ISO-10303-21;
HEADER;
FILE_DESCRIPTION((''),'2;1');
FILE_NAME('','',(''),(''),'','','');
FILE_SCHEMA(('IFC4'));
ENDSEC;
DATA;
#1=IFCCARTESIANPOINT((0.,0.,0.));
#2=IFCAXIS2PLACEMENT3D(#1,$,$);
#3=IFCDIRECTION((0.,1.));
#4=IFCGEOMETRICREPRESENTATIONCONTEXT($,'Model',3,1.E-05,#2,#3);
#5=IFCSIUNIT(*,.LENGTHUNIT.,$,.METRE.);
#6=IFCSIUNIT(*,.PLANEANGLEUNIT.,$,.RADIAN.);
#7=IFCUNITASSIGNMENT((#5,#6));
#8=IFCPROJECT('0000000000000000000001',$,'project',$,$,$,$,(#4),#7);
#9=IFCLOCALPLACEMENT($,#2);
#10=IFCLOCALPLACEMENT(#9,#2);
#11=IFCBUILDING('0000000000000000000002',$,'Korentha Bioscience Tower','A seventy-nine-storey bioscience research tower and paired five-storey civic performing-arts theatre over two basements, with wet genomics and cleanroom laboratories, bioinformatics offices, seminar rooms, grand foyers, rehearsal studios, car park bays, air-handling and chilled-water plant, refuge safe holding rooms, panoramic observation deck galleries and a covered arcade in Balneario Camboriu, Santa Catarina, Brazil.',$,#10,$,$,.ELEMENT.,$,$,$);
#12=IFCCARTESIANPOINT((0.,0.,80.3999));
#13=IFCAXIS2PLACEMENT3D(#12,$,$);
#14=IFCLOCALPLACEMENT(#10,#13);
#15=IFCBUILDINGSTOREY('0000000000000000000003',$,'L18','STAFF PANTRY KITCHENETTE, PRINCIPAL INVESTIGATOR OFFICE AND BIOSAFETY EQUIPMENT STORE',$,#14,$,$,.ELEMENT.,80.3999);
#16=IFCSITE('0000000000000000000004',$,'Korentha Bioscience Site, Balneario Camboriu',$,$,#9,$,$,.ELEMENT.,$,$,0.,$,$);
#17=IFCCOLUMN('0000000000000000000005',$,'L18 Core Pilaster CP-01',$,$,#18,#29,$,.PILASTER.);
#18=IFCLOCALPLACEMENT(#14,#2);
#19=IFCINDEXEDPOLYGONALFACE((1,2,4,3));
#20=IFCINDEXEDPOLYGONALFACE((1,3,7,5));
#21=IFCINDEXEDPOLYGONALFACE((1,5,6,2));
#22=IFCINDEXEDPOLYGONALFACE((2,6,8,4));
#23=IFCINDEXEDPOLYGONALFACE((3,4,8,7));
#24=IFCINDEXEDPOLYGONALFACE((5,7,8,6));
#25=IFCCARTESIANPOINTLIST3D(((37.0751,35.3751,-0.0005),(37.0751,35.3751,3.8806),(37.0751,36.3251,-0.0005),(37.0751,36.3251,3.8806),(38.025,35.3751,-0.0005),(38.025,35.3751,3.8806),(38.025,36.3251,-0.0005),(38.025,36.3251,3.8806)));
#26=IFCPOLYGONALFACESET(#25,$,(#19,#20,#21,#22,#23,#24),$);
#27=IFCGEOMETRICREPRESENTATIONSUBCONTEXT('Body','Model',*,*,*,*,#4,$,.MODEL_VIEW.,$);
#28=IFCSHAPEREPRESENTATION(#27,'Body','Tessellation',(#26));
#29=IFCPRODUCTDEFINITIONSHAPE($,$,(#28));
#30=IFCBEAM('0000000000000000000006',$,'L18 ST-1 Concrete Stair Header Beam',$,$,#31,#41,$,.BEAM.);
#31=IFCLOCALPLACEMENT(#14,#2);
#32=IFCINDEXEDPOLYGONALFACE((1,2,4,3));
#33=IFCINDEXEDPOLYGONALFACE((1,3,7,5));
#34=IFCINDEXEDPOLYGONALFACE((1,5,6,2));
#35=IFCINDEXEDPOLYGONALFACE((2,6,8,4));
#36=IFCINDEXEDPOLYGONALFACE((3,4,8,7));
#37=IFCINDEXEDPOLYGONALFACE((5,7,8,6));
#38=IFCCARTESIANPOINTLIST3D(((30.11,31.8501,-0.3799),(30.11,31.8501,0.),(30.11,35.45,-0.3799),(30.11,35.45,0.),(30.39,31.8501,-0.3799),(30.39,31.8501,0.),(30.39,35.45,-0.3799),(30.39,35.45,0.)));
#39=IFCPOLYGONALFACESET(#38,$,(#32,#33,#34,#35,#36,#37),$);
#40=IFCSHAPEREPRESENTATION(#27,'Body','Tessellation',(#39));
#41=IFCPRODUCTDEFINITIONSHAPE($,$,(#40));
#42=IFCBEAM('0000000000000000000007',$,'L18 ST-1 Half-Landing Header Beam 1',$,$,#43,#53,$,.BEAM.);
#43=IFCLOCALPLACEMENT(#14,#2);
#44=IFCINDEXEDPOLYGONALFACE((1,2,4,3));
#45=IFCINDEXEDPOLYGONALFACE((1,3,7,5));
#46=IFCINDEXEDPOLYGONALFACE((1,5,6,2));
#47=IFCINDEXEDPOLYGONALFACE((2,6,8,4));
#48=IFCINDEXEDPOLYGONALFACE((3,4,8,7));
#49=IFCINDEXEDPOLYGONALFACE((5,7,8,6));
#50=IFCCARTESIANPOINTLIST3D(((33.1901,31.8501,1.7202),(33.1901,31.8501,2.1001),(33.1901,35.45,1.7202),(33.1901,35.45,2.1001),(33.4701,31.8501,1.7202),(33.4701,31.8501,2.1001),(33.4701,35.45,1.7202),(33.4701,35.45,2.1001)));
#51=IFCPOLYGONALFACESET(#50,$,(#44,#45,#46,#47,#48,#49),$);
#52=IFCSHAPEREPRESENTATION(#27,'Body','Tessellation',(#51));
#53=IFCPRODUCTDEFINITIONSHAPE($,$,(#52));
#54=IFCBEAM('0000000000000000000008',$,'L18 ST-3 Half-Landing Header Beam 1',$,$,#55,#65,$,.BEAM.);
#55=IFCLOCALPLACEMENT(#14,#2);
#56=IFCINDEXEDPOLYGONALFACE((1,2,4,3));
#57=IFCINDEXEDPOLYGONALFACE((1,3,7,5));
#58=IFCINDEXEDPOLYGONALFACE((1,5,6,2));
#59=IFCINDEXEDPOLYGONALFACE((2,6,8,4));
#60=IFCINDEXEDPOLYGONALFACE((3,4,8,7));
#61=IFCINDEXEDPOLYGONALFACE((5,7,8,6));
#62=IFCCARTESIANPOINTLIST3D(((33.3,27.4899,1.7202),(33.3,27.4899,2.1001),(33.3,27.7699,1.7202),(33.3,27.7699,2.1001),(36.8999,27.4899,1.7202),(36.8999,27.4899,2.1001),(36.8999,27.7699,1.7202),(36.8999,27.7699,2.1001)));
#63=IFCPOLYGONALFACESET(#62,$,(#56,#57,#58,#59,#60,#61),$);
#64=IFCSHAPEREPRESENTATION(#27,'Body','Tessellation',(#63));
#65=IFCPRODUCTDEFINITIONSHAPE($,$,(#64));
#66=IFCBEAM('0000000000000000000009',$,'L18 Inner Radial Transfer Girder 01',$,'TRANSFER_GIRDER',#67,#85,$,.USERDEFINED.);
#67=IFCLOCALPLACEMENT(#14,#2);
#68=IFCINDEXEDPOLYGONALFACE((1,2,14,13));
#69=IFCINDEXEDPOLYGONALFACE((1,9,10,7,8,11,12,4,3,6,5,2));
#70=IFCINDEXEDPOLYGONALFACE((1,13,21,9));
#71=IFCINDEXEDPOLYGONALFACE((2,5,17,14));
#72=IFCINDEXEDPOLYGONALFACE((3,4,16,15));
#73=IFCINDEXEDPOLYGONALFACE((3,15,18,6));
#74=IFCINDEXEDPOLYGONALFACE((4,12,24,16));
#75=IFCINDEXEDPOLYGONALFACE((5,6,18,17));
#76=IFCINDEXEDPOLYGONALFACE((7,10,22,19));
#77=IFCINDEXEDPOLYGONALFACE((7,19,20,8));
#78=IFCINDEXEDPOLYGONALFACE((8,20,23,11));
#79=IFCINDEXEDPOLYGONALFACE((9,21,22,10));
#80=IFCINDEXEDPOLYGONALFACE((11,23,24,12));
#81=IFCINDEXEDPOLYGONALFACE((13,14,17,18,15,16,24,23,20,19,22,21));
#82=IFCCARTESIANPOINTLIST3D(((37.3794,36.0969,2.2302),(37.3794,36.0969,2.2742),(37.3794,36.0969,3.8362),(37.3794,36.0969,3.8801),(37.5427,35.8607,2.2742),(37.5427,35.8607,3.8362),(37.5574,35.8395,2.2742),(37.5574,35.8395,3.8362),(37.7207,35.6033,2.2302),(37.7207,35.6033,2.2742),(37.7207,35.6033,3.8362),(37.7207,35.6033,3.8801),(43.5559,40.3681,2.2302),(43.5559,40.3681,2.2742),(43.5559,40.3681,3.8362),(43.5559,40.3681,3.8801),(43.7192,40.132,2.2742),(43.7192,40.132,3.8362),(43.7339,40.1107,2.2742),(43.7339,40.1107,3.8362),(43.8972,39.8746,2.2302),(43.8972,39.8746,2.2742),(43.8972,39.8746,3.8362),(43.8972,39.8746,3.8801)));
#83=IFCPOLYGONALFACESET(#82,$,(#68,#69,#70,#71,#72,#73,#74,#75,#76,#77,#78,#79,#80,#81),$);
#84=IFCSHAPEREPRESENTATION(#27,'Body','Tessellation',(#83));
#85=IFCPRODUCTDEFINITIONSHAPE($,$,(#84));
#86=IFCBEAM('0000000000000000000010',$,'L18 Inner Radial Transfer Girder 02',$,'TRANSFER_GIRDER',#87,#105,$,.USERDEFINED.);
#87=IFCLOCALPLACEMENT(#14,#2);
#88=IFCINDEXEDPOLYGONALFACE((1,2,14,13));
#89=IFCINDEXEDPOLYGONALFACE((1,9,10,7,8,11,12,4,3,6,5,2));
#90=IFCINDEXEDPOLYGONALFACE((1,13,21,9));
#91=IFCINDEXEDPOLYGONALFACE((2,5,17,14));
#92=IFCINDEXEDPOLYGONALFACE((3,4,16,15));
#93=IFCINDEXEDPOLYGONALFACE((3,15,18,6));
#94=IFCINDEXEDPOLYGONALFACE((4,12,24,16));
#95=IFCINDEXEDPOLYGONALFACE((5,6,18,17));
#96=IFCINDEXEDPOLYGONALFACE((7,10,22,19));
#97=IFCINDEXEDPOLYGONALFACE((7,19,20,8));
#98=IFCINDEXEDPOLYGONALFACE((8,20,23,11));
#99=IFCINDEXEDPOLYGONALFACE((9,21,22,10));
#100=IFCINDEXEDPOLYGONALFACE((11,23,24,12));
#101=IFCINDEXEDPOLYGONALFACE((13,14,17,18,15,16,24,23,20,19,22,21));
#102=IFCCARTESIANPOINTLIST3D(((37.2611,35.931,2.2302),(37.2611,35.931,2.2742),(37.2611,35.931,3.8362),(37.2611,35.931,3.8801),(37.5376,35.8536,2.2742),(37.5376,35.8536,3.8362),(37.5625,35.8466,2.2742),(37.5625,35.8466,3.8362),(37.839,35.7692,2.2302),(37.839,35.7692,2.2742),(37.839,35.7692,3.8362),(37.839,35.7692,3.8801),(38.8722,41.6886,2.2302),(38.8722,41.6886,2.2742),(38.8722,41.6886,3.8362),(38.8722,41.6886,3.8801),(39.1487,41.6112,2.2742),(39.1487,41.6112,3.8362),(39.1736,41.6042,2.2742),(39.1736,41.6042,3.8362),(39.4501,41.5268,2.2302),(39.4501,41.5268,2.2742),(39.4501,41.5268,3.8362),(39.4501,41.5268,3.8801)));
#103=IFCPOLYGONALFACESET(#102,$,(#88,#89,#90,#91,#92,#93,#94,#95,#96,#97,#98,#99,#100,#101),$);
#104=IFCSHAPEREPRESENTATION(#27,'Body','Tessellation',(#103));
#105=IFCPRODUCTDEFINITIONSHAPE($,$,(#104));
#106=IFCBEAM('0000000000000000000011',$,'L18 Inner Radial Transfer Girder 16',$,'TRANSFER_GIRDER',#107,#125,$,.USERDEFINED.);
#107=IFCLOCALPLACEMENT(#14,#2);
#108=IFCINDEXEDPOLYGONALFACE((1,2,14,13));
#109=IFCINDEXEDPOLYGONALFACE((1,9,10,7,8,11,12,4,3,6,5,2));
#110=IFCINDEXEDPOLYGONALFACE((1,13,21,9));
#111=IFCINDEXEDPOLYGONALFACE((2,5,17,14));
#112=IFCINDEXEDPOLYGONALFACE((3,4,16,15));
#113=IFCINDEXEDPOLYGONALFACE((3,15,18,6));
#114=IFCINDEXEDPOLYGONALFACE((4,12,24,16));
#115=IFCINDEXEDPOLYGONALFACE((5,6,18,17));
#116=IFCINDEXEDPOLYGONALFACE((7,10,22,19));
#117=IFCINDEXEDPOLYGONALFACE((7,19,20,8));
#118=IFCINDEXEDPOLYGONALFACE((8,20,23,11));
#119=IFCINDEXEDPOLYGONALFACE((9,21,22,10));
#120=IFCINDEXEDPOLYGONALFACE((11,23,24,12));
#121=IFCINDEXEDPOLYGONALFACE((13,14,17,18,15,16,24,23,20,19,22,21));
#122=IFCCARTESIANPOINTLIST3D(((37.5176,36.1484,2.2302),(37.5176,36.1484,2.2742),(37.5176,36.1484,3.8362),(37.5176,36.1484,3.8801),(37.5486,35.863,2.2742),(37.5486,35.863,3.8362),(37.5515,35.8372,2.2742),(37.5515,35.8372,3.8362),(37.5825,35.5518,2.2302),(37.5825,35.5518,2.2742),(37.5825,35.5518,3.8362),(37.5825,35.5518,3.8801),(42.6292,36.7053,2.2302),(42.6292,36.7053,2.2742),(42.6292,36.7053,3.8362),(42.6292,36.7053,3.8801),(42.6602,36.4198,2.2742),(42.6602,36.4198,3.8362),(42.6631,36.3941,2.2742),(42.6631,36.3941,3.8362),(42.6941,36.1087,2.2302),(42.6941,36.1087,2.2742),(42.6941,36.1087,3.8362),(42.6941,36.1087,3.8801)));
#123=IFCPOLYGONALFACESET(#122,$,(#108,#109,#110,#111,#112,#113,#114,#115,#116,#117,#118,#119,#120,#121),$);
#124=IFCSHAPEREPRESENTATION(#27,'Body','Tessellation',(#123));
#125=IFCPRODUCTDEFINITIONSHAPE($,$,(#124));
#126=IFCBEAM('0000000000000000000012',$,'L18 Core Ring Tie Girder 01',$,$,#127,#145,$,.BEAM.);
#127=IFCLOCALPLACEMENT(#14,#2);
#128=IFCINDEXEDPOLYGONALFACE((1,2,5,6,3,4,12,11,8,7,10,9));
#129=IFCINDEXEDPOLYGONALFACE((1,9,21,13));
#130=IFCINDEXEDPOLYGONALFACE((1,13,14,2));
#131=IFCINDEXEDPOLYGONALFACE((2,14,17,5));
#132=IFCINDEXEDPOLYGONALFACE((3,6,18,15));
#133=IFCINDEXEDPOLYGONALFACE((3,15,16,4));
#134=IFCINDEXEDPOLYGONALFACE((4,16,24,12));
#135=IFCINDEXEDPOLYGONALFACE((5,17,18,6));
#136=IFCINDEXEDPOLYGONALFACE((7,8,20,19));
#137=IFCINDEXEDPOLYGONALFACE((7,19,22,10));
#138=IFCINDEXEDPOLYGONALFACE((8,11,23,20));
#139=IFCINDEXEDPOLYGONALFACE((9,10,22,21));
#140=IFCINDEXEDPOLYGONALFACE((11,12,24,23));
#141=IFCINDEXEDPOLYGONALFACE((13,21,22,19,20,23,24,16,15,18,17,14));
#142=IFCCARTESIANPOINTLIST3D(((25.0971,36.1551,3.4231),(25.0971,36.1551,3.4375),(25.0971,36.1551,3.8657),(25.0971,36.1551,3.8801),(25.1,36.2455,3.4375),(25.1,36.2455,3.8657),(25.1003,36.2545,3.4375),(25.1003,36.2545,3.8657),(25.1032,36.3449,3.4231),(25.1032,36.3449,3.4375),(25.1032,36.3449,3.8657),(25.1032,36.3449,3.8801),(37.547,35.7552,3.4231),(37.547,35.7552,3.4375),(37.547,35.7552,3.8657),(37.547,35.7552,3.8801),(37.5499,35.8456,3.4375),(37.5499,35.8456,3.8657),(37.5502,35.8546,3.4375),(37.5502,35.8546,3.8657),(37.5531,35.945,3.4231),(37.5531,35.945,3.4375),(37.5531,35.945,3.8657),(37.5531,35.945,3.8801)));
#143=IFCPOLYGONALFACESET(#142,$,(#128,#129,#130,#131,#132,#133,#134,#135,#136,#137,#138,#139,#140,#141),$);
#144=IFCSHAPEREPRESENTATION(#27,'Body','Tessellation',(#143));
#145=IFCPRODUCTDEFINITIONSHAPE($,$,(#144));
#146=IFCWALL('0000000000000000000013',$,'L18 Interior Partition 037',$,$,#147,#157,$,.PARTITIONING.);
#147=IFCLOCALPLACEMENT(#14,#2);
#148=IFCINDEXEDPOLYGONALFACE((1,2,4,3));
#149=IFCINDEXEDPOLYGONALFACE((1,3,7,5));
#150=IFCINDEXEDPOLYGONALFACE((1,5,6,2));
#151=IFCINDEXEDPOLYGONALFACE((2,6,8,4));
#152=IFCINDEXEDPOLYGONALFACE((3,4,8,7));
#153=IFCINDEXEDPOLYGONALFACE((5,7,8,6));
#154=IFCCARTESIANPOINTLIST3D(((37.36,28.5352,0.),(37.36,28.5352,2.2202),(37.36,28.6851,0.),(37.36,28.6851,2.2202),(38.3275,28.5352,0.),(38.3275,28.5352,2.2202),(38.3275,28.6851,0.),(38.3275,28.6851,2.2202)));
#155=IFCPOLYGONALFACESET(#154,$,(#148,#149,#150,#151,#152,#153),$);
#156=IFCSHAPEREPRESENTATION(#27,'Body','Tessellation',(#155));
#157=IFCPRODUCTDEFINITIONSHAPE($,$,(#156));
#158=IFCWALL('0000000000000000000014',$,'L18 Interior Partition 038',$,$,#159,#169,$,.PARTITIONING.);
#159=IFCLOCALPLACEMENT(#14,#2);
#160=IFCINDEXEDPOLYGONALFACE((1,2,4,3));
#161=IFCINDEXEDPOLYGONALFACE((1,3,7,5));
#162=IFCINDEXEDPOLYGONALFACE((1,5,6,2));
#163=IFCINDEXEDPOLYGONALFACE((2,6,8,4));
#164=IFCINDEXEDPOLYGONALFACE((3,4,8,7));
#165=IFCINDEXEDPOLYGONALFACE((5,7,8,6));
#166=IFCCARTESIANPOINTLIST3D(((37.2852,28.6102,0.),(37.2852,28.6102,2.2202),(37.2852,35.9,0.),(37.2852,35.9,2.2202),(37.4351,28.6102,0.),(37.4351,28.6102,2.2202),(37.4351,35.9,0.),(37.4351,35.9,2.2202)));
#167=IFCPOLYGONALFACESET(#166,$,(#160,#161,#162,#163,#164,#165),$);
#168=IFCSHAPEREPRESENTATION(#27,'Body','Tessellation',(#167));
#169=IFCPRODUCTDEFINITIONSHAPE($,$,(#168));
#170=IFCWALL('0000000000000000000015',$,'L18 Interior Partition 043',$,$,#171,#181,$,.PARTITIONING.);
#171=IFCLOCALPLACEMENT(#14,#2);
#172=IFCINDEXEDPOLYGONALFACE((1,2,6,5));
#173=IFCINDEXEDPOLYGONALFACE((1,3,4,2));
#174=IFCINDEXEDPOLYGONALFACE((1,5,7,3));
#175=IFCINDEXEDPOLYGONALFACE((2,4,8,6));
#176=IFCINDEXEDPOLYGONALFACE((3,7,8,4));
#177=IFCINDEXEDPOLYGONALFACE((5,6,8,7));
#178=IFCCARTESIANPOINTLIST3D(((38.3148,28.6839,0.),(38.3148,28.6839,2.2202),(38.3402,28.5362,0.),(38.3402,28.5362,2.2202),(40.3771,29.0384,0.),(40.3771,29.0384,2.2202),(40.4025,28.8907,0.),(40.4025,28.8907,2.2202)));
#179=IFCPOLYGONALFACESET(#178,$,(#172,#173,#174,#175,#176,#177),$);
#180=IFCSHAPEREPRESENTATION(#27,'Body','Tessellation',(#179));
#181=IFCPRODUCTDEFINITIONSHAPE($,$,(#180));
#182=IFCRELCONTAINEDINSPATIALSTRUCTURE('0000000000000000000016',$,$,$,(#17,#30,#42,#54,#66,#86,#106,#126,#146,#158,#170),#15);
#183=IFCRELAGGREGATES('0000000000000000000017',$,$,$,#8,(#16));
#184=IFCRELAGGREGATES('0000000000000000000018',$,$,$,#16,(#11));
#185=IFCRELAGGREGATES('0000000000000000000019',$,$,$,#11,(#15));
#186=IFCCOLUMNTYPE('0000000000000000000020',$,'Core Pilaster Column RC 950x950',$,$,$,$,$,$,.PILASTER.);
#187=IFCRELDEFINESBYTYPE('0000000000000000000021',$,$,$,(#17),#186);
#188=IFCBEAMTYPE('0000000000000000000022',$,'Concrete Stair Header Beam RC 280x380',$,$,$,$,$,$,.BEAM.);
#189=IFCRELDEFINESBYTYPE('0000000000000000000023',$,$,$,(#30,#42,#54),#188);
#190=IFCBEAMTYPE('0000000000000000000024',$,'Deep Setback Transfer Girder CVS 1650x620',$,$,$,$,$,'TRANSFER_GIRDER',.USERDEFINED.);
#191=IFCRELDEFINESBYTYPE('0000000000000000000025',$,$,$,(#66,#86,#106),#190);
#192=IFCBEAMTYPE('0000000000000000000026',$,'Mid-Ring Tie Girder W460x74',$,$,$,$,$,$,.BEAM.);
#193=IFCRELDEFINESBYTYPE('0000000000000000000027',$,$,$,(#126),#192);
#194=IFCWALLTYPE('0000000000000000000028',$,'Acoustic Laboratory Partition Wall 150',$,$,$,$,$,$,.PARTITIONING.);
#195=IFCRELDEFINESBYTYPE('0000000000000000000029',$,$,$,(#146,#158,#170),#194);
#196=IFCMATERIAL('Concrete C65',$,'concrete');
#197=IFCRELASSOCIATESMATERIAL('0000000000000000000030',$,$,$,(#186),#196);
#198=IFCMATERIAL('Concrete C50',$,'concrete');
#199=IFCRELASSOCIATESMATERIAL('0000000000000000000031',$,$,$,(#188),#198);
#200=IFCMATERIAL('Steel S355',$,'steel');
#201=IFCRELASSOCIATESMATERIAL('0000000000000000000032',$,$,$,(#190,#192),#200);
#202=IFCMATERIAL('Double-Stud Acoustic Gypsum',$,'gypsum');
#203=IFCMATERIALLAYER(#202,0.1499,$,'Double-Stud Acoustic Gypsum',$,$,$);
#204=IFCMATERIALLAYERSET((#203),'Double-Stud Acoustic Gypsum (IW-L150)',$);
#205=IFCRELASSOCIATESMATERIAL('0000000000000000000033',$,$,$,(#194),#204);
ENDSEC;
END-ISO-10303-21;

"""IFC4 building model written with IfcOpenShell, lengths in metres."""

from ifc_helpers import new_model, si_unit, direction, frame, frame_2d, origin, origin_2d, place, context, subcontext, project, spatial, rectangle, i_section, extrude, material, layer, layer_set, material_profile, profile_set, type_object, element, save


model = new_model("IFC4")

# Units and contexts
model_context = context("Model", 3, precision=1e-05, world=origin(), true_north=direction((0.0, 1.0)))
body_context = subcontext(model_context, "Body", "Model", "MODEL_VIEW")
ifc_project = project(units=[si_unit("LENGTHUNIT", "METRE"), si_unit("PLANEANGLEUNIT", "RADIAN")], contexts=[model_context])

# Site, building, storey
site_placement = place(None, origin())
site = spatial("IfcSite", under=ifc_project, at=site_placement, Name="Korentha Bioscience Site, Balneario Camboriu", CompositionType="ELEMENT", RefElevation=0.0)
building_placement = place(site_placement, origin())
building = spatial("IfcBuilding", under=site, at=building_placement, Name="Korentha Bioscience Tower", Description="A seventy-nine-storey bioscience research tower and paired five-storey civic performing-arts theatre over two basements, with wet genomics and cleanroom laboratories, bioinformatics offices, seminar rooms, grand foyers, rehearsal studios, car park bays, air-handling and chilled-water plant, refuge safe holding rooms, panoramic observation deck galleries and a covered arcade in Balneario Camboriu, Santa Catarina, Brazil.", CompositionType="ELEMENT")
storey_placement = place(building_placement, frame((0.0, 0.0, 80.3999)))
storey = spatial("IfcBuildingStorey", under=building, at=storey_placement, Name="L18", Description="STAFF PANTRY KITCHENETTE, PRINCIPAL INVESTIGATOR OFFICE AND BIOSAFETY EQUIPMENT STORE", CompositionType="ELEMENT", Elevation=80.3999)

# Column
ifc_material_1 = material(Name="Concrete C65", Category="concrete")
ifc_material_profile_1 = material_profile(ifc_material_1, rectangle(XDim=0.95, YDim=0.95, at=origin_2d()), Name="Concrete C65")
ifc_profile_set_1 = profile_set([ifc_material_profile_1], Name="Concrete C65 (COL-CP09)")
column_type = type_object("IfcColumnType", Name="Core Pilaster Column RC 950x950", PredefinedType="PILASTER", material=ifc_profile_set_1)
column_placement = place(storey_placement, frame((37.55, 35.8501, -0.0005), z_axis=(0.0, 0.0, 1.0), x_axis=(1.0, 0.0, 0.0)))
element("IfcColumn", 1, at=column_placement, inside=storey, type_object=column_type, Name="L18 Core Pilaster CP-01", PredefinedType="PILASTER", context=body_context, shape_type="SweptSolid", body=[
    extrude(rectangle(XDim=0.95, YDim=0.95, at=origin_2d()), origin(), (0.0, 0.0, 1.0), 3.8811),
])

# Beams
ifc_material_2 = material(Name="Concrete C50", Category="concrete")
ifc_material_profile_2 = material_profile(ifc_material_2, rectangle(XDim=0.28, YDim=0.3799, at=origin_2d()), Name="Concrete C50")
ifc_profile_set_2 = profile_set([ifc_material_profile_2], Name="Concrete C50 (ST-HB380)")
beam_type_1 = type_object("IfcBeamType", Name="Concrete Stair Header Beam RC 280x380", PredefinedType="BEAM", material=ifc_profile_set_2)
for number, where, z_axis, x_axis, name in (
    (2, (30.25, 31.8501, -0.1899), (0.0, 1.0, 0.0), (-1.0, 0.0, 0.0), "L18 ST-1 Concrete Stair Header Beam"),
    (3, (33.3301, 31.8501, 1.9102), (0.0, 1.0, 0.0), (-1.0, 0.0, 0.0), "L18 ST-1 Half-Landing Header Beam 1"),
    (4, (36.8999, 27.6299, 1.9102), (-1.0, 0.0, 0.0), (0.0, -1.0, 0.0), "L18 ST-3 Half-Landing Header Beam 1"),
):
    element("IfcBeam", number, at=place(storey_placement, frame(where, z_axis=z_axis, x_axis=x_axis)), inside=storey, type_object=beam_type_1, Name=name, PredefinedType="BEAM", context=body_context, shape_type="SweptSolid", body=[
        extrude(rectangle(XDim=0.28, YDim=0.3799, at=origin_2d()), origin(), (0.0, 0.0, 1.0), 3.5999),
    ])
ifc_material_3 = material(Name="Steel S355", Category="steel")
ifc_material_profile_3 = material_profile(ifc_material_3, i_section(OverallWidth=0.6001, OverallDepth=1.6499, WebThickness=0.0259, FlangeThickness=0.0439, at=origin_2d()), Name="Steel S355")
ifc_profile_set_3 = profile_set([ifc_material_profile_3], Name="Steel S355 (TG-04)")
beam_type_2 = type_object("IfcBeamType", Name="Deep Setback Transfer Girder CVS 1650x620", ElementType="TRANSFER_GIRDER", PredefinedType="USERDEFINED", material=ifc_profile_set_3)
beam_1_placement = place(storey_placement, frame((37.55, 35.8501, 3.0552), z_axis=(0.822492, 0.568777, 0.0), x_axis=(-0.568777, 0.822492, 0.0)))
element("IfcBeam", 5, at=beam_1_placement, inside=storey, type_object=beam_type_2, Name="L18 Inner Radial Transfer Girder 01", ObjectType="TRANSFER_GIRDER", PredefinedType="USERDEFINED", context=body_context, shape_type="SweptSolid", body=[
    extrude(i_section(OverallWidth=0.6001, OverallDepth=1.6499, WebThickness=0.0259, FlangeThickness=0.0439, at=origin_2d()), origin(), (0.0, 0.0, 1.0), 7.5095),
])
beam_2_placement = place(storey_placement, frame((37.55, 35.8501, 3.0552), z_axis=(0.269469, 0.963009, 0.0), x_axis=(-0.963009, 0.269469, 0.0)))
element("IfcBeam", 6, at=beam_2_placement, inside=storey, type_object=beam_type_2, Name="L18 Inner Radial Transfer Girder 02", ObjectType="TRANSFER_GIRDER", PredefinedType="USERDEFINED", context=body_context, shape_type="SweptSolid", body=[
    extrude(i_section(OverallWidth=0.6001, OverallDepth=1.6499, WebThickness=0.0259, FlangeThickness=0.0439, at=origin_2d()), origin(), (0.0, 0.0, 1.0), 5.9788),
])
beam_3_placement = place(storey_placement, frame((37.55, 35.8501, 3.0552), z_axis=(0.994118, 0.108305, 0.0), x_axis=(-0.108305, 0.994118, 0.0)))
element("IfcBeam", 7, at=beam_3_placement, inside=storey, type_object=beam_type_2, Name="L18 Inner Radial Transfer Girder 16", ObjectType="TRANSFER_GIRDER", PredefinedType="USERDEFINED", context=body_context, shape_type="SweptSolid", body=[
    extrude(i_section(OverallWidth=0.6001, OverallDepth=1.6499, WebThickness=0.0259, FlangeThickness=0.0439, at=origin_2d()), origin(), (0.0, 0.0, 1.0), 5.1418),
])
ifc_material_profile_4 = material_profile(ifc_material_3, i_section(OverallWidth=0.1899, OverallDepth=0.457, WebThickness=0.009, FlangeThickness=0.0144, at=origin_2d()), Name="Steel S355")
ifc_profile_set_4 = profile_set([ifc_material_profile_4], Name="Steel S355 (MB-460)")
beam_type_3 = type_object("IfcBeamType", Name="Mid-Ring Tie Girder W460x74", PredefinedType="BEAM", material=ifc_profile_set_4)
beam_4_placement = place(storey_placement, frame((37.55, 35.8501, 3.6516), z_axis=(-0.999485, 0.032104, 0.0), x_axis=(-0.032104, -0.999485, 0.0)))
element("IfcBeam", 8, at=beam_4_placement, inside=storey, type_object=beam_type_3, Name="L18 Core Ring Tie Girder 01", PredefinedType="BEAM", context=body_context, shape_type="SweptSolid", body=[
    extrude(i_section(OverallWidth=0.1899, OverallDepth=0.457, WebThickness=0.009, FlangeThickness=0.0144, at=origin_2d()), origin(), (0.0, 0.0, 1.0), 12.4563),
])

# Walls
ifc_material_4 = material(Name="Double-Stud Acoustic Gypsum", Category="gypsum")
ifc_layer_1 = layer(ifc_material_4, 0.1499, Name="Double-Stud Acoustic Gypsum")
ifc_layer_set_1 = layer_set([ifc_layer_1], Name="Double-Stud Acoustic Gypsum (IW-L150)")
wall_type_1 = type_object("IfcWallType", Name="Acoustic Laboratory Partition Wall 150", PredefinedType="PARTITIONING", material=ifc_layer_set_1)
wall_1_placement = place(storey_placement, frame((38.3276, 28.6101, 0.0), z_axis=(0.0, 0.0, 1.0), x_axis=(-1.0, 0.0, 0.0)))
element("IfcWall", 9, at=wall_1_placement, inside=storey, type_object=wall_type_1, Name="L18 Interior Partition 037", PredefinedType="PARTITIONING", context=body_context, shape_type="SweptSolid", body=[
    extrude(rectangle(XDim=0.9675, YDim=0.1499, at=frame_2d((0.4839, 0.0))), origin(), (0.0, 0.0, 1.0), 2.2202),
])
wall_2_placement = place(storey_placement, frame((37.3601, 28.6101, 0.0), z_axis=(0.0, 0.0, 1.0), x_axis=(0.0, 1.0, 0.0)))
element("IfcWall", 10, at=wall_2_placement, inside=storey, type_object=wall_type_1, Name="L18 Interior Partition 038", PredefinedType="PARTITIONING", context=body_context, shape_type="SweptSolid", body=[
    extrude(rectangle(XDim=7.2898, YDim=0.1499, at=frame_2d((3.645, 0.0))), origin(), (0.0, 0.0, 1.0), 2.2202),
])
wall_3_placement = place(storey_placement, frame((40.3899, 28.9646, 0.0), z_axis=(0.0, 0.0, 1.0), x_axis=(-0.985546, -0.169411, 0.0)))
element("IfcWall", 11, at=wall_3_placement, inside=storey, type_object=wall_type_1, Name="L18 Interior Partition 043", PredefinedType="PARTITIONING", context=body_context, shape_type="SweptSolid", body=[
    extrude(rectangle(XDim=2.0925, YDim=0.1499, at=frame_2d((1.0464, 0.0))), origin(), (0.0, 0.0, 1.0), 2.2202),
])

save(model, "model.ifc")
